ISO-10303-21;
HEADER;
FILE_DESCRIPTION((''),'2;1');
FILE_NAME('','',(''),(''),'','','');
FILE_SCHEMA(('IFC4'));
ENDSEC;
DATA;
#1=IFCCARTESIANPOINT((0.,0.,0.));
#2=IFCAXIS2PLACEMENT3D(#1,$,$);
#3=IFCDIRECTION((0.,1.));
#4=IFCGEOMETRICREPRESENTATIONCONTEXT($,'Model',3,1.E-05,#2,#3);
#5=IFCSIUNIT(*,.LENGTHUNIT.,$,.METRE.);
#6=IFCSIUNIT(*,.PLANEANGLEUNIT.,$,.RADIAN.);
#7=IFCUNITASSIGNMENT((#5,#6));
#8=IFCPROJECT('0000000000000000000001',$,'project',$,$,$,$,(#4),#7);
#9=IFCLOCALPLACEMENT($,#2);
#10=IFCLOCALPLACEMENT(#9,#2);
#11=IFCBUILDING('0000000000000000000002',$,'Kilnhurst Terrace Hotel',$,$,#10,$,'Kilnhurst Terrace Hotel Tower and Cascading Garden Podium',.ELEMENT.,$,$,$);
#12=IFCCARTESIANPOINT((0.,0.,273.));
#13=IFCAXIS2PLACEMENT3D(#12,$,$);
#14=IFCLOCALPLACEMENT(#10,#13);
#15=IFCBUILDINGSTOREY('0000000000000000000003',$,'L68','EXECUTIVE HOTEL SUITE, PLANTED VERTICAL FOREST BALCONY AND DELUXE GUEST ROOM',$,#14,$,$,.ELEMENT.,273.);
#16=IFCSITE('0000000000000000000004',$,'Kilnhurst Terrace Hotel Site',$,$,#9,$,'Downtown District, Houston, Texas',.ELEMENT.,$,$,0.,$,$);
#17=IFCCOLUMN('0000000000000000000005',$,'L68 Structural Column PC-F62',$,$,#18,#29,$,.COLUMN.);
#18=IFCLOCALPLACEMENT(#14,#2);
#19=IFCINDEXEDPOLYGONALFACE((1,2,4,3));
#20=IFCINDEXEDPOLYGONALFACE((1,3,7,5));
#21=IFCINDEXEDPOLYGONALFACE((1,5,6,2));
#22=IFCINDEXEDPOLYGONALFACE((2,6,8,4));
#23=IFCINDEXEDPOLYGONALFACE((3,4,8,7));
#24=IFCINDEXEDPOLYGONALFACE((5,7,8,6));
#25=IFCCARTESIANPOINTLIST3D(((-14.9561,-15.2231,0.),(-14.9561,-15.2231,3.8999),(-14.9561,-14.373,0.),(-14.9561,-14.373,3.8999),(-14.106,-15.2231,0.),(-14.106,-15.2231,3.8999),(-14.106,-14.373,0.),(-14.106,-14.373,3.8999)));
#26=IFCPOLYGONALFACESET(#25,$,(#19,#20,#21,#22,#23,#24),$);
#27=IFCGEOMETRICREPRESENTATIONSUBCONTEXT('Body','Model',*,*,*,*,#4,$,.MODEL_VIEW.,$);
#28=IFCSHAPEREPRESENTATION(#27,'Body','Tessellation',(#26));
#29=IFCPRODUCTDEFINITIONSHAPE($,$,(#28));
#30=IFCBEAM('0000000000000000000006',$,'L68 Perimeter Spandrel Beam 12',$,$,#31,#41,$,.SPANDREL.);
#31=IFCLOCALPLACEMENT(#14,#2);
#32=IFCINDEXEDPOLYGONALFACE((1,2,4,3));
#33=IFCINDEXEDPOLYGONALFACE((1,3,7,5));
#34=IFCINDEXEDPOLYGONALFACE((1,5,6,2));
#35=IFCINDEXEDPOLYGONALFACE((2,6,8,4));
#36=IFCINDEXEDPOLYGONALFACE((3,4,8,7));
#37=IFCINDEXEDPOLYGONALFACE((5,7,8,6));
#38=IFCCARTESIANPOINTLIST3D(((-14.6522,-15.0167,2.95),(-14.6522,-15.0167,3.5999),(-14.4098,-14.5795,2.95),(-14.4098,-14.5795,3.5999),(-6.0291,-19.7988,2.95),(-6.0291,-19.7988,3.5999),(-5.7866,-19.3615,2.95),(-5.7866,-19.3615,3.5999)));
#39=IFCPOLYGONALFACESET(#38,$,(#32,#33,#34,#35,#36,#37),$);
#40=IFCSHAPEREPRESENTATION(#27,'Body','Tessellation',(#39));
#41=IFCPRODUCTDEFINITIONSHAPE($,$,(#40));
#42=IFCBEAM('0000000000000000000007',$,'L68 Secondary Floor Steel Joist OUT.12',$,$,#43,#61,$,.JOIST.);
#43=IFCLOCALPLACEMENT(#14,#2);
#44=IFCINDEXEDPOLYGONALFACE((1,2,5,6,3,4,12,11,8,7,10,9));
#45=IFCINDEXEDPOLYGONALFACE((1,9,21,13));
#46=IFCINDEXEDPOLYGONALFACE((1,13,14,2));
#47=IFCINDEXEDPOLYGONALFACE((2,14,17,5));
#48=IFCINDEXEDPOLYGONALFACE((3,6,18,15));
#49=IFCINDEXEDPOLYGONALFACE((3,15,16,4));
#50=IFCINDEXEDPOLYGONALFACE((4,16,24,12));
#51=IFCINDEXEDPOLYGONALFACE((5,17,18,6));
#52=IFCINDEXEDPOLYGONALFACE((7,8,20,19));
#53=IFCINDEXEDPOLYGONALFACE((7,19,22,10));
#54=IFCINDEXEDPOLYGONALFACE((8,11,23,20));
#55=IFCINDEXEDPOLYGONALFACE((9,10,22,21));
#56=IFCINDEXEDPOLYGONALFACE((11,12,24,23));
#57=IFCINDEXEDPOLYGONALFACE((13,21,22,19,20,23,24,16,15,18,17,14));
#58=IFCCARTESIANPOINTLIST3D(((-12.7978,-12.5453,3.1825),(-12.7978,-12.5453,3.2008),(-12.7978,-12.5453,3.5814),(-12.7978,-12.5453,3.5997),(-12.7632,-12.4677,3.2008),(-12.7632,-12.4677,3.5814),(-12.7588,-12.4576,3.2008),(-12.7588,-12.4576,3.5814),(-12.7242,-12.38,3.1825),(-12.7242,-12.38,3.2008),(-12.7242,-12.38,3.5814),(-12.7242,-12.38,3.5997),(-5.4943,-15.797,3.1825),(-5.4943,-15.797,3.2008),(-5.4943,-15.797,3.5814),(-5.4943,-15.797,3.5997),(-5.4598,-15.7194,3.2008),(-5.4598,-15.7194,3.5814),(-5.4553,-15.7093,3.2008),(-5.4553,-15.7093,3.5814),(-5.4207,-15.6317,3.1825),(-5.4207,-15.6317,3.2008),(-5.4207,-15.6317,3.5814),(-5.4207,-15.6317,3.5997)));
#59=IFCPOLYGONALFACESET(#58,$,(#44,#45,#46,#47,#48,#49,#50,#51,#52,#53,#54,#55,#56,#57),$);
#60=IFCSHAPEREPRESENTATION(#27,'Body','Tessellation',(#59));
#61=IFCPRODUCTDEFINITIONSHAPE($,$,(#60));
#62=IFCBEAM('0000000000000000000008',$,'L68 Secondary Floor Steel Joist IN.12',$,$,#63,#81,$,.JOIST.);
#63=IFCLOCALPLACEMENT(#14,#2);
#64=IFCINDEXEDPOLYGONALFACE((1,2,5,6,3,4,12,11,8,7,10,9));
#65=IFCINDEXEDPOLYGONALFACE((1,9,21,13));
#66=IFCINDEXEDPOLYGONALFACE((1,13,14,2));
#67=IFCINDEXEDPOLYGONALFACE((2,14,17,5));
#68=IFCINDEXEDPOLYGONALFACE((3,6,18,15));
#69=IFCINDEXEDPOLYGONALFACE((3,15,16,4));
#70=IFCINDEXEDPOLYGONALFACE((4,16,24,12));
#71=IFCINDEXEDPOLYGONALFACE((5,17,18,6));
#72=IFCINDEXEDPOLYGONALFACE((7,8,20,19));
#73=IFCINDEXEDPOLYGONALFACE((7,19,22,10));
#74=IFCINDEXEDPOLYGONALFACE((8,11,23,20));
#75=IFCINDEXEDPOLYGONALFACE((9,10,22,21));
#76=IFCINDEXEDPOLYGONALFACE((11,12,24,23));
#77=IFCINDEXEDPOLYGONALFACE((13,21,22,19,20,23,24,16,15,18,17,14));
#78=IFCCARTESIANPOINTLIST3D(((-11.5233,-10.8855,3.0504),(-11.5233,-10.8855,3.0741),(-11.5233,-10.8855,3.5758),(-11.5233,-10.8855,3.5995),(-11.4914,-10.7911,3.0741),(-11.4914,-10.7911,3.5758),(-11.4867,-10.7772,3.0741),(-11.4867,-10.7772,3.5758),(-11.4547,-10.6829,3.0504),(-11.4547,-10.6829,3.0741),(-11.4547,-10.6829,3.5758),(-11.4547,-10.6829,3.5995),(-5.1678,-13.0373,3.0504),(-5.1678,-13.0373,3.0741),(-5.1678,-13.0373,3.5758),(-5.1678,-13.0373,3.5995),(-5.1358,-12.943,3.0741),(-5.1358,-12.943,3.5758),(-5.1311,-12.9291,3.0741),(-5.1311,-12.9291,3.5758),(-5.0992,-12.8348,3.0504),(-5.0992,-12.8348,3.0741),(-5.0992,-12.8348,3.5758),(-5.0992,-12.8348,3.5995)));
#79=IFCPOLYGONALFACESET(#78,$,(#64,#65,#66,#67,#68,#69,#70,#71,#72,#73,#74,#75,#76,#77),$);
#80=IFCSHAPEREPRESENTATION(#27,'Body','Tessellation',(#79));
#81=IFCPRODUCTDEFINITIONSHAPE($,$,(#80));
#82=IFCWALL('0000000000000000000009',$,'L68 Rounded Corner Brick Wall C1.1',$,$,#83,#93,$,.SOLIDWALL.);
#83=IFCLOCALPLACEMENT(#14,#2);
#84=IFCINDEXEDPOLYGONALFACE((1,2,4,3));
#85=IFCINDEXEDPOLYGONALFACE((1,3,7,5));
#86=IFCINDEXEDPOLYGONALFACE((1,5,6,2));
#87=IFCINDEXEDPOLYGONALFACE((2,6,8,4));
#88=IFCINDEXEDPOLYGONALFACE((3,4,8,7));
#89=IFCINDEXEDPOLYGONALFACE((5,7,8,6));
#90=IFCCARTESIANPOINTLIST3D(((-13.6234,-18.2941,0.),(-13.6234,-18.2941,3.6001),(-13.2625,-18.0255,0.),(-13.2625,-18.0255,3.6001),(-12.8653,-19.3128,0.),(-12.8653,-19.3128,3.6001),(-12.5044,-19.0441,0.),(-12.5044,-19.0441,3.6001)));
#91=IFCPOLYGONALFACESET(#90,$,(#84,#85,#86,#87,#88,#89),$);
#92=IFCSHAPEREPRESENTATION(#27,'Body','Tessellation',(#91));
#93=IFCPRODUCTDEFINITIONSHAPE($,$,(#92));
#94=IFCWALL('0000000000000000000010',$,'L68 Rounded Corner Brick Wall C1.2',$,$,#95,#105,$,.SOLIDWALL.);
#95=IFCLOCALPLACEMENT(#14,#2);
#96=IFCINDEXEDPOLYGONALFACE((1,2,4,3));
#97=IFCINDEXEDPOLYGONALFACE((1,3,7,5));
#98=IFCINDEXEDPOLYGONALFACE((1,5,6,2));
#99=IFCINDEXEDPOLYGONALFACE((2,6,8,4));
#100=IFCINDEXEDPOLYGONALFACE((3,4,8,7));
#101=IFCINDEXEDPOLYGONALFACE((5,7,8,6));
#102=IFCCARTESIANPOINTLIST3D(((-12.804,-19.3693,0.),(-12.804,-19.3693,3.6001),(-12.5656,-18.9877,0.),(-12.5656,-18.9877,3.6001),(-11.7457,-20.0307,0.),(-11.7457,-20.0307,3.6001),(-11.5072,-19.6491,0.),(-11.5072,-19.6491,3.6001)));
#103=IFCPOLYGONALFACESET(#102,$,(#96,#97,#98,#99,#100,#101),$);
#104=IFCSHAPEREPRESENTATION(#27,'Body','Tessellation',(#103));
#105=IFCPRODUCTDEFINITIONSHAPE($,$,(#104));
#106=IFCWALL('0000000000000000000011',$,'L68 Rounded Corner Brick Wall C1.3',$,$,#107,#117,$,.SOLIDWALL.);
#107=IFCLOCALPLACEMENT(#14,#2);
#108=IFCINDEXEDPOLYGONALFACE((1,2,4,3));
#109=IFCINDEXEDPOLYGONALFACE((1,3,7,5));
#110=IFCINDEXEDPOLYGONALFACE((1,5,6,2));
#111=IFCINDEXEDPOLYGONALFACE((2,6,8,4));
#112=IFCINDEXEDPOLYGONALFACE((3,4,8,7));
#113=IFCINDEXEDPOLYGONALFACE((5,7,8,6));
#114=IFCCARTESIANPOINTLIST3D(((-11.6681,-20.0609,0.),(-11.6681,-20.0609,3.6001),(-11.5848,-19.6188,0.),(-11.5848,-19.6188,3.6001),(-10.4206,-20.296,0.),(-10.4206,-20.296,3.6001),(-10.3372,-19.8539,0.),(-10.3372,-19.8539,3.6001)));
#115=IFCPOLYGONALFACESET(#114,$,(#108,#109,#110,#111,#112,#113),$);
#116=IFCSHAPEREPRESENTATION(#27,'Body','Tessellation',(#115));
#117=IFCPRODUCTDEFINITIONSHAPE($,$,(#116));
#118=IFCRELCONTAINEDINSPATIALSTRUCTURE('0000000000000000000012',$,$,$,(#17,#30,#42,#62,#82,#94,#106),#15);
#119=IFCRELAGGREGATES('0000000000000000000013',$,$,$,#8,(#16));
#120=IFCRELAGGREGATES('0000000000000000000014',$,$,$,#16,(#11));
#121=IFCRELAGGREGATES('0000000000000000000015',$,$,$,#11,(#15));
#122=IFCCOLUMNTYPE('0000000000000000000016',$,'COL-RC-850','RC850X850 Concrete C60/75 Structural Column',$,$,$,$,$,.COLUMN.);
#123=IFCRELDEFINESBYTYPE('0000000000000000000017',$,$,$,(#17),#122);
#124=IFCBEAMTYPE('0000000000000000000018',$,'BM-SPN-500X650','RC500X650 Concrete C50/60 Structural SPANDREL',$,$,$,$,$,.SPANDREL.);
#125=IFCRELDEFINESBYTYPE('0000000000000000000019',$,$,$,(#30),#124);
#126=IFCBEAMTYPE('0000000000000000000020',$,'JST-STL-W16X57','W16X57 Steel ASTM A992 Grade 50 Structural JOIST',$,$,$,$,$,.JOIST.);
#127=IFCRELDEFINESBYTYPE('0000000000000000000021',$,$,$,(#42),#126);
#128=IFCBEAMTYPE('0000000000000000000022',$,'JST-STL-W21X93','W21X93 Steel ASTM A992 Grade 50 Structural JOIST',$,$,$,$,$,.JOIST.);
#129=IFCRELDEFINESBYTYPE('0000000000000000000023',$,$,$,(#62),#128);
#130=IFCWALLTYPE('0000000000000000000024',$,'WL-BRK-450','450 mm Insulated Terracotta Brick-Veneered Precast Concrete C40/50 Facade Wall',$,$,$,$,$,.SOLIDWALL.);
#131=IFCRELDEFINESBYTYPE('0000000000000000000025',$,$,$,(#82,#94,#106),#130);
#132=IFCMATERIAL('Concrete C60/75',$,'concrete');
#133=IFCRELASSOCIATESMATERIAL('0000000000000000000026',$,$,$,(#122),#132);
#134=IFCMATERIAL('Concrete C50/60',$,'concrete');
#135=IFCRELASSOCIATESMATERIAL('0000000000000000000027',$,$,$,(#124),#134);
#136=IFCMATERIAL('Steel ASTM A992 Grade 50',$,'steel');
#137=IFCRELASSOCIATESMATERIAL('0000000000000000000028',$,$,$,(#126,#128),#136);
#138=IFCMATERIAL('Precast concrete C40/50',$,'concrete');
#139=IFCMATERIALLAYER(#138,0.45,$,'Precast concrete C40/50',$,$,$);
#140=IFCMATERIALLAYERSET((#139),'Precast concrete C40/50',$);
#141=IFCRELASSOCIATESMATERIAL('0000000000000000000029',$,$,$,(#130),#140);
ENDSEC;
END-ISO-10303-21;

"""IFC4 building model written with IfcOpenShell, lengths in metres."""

from ifc_helpers import new_model, si_unit, direction, frame, frame_2d, origin, origin_2d, place, context, subcontext, project, spatial, rectangle, i_section, extrude, material, layer, layer_set, material_profile, profile_set, type_object, element, save


model = new_model("IFC4")

# Units and contexts
model_context = context("Model", 3, precision=1e-05, world=origin(), true_north=direction((0.0, 1.0)))
body_context = subcontext(model_context, "Body", "Model", "MODEL_VIEW")
ifc_project = project(units=[si_unit("LENGTHUNIT", "METRE"), si_unit("PLANEANGLEUNIT", "RADIAN")], contexts=[model_context])

# Site, building, storey
site_placement = place(None, origin())
site = spatial("IfcSite", under=ifc_project, at=site_placement, Name="Kilnhurst Terrace Hotel Site", LongName="Downtown District, Houston, Texas", CompositionType="ELEMENT", RefElevation=0.0)
building_placement = place(site_placement, origin())
building = spatial("IfcBuilding", under=site, at=building_placement, Name="Kilnhurst Terrace Hotel", LongName="Kilnhurst Terrace Hotel Tower and Cascading Garden Podium", CompositionType="ELEMENT")
storey_placement = place(building_placement, frame((0.0, 0.0, 273.0)))
storey = spatial("IfcBuildingStorey", under=building, at=storey_placement, Name="L68", Description="EXECUTIVE HOTEL SUITE, PLANTED VERTICAL FOREST BALCONY AND DELUXE GUEST ROOM", CompositionType="ELEMENT", Elevation=273.0)

# Column
ifc_material_1 = material(Name="Concrete C60/75", Category="concrete")
ifc_material_profile_1 = material_profile(ifc_material_1, rectangle(XDim=0.8501, YDim=0.8501, at=origin_2d()), Name="RC850X850")
ifc_profile_set_1 = profile_set([ifc_material_profile_1], Name="Concrete C60/75")
column_type = type_object("IfcColumnType", Name="COL-RC-850", Description="RC850X850 Concrete C60/75 Structural Column", PredefinedType="COLUMN", material=ifc_profile_set_1)
column_placement = place(storey_placement, frame((-14.531, -14.7981, 0.0), z_axis=(0.0, 0.0, 1.0), x_axis=(1.0, 0.0, 0.0)))
element("IfcColumn", 1, at=column_placement, inside=storey, type_object=column_type, Name="L68 Structural Column PC-F62", PredefinedType="COLUMN", context=body_context, shape_type="SweptSolid", body=[
    extrude(rectangle(XDim=0.8501, YDim=0.8501, at=origin_2d()), origin(), (0.0, 0.0, 1.0), 3.8999),
])

# Beams
ifc_material_2 = material(Name="Concrete C50/60", Category="concrete")
ifc_material_profile_2 = material_profile(ifc_material_2, rectangle(XDim=0.5, YDim=0.6499, at=origin_2d()), Name="RC500X650")
ifc_profile_set_2 = profile_set([ifc_material_profile_2], Name="Concrete C50/60")
beam_type_1 = type_object("IfcBeamType", Name="BM-SPN-500X650", Description="RC500X650 Concrete C50/60 Structural SPANDREL", PredefinedType="SPANDREL", material=ifc_profile_set_2)
beam_1_placement = place(storey_placement, frame((-14.531, -14.7981, 3.2749), z_axis=(0.874527, -0.484976, 0.0), x_axis=(0.484976, 0.874527, 0.0)))
element("IfcBeam", 2, at=beam_1_placement, inside=storey, type_object=beam_type_1, Name="L68 Perimeter Spandrel Beam 12", PredefinedType="SPANDREL", context=body_context, shape_type="SweptSolid", body=[
    extrude(rectangle(XDim=0.5, YDim=0.6499, at=origin_2d()), origin(), (0.0, 0.0, 1.0), 9.8604),
])
ifc_material_3 = material(Name="Steel ASTM A992 Grade 50", Category="steel")
ifc_material_profile_3 = material_profile(ifc_material_3, i_section(OverallWidth=0.1809, OverallDepth=0.4172, WebThickness=0.011, FlangeThickness=0.0183, at=origin_2d()), Name="W16X57")
ifc_profile_set_3 = profile_set([ifc_material_profile_3], Name="Steel ASTM A992 Grade 50")
beam_type_2 = type_object("IfcBeamType", Name="JST-STL-W16X57", Description="W16X57 Steel ASTM A992 Grade 50 Structural JOIST", PredefinedType="JOIST", material=ifc_profile_set_3)
beam_2_placement = place(storey_placement, frame((-12.761, -12.4626, 3.3911), z_axis=(0.913546, -0.406736, 0.0), x_axis=(0.406736, 0.913546, 0.0)))
element("IfcBeam", 3, at=beam_2_placement, inside=storey, type_object=beam_type_2, Name="L68 Secondary Floor Steel Joist OUT.12", PredefinedType="JOIST", context=body_context, shape_type="SweptSolid", body=[
    extrude(i_section(OverallWidth=0.1809, OverallDepth=0.4172, WebThickness=0.011, FlangeThickness=0.0183, at=origin_2d()), origin(), (0.0, 0.0, 1.0), 7.9946),
])
ifc_material_profile_4 = material_profile(ifc_material_3, i_section(OverallWidth=0.2139, OverallDepth=0.5491, WebThickness=0.0146, FlangeThickness=0.0237, at=origin_2d()), Name="W21X93")
ifc_profile_set_4 = profile_set([ifc_material_profile_4], Name="Steel ASTM A992 Grade 50")
beam_type_3 = type_object("IfcBeamType", Name="JST-STL-W21X93", Description="W21X93 Steel ASTM A992 Grade 50 Structural JOIST", PredefinedType="JOIST", material=ifc_profile_set_4)
beam_3_placement = place(storey_placement, frame((-11.489, -10.7842, 3.325), z_axis=(0.947181, -0.3207, 0.0), x_axis=(0.3207, 0.947181, 0.0)))
element("IfcBeam", 4, at=beam_3_placement, inside=storey, type_object=beam_type_3, Name="L68 Secondary Floor Steel Joist IN.12", PredefinedType="JOIST", context=body_context, shape_type="SweptSolid", body=[
    extrude(i_section(OverallWidth=0.2139, OverallDepth=0.5491, WebThickness=0.0146, FlangeThickness=0.0237, at=origin_2d()), origin(), (0.0, 0.0, 1.0), 6.71),
])

# Walls
ifc_material_4 = material(Name="Precast concrete C40/50", Category="concrete")
ifc_layer_1 = layer(ifc_material_4, 0.45, Name="Precast concrete C40/50")
ifc_layer_set_1 = layer_set([ifc_layer_1], Name="Precast concrete C40/50")
wall_type_1 = type_object("IfcWallType", Name="WL-BRK-450", Description="450 mm Insulated Terracotta Brick-Veneered Precast Concrete C40/50 Facade Wall", PredefinedType="SOLIDWALL", material=ifc_layer_set_1)
wall_1_placement = place(storey_placement, frame((-13.4429, -18.1599, 0.0), z_axis=(0.0, 0.0, 1.0), x_axis=(0.597042, -0.80221, 0.0)))
element("IfcWall", 5, at=wall_1_placement, inside=storey, type_object=wall_type_1, Name="L68 Rounded Corner Brick Wall C1.1", PredefinedType="SOLIDWALL", context=body_context, shape_type="SweptSolid", body=[
    extrude(rectangle(XDim=1.2698, YDim=0.45, at=frame_2d((0.6348, 0.0))), origin(), (0.0, 0.0, 1.0), 3.6001),
])
wall_2_placement = place(storey_placement, frame((-12.6848, -19.1785, 0.0), z_axis=(0.0, 0.0, 1.0), x_axis=(0.848031, -0.529946, 0.0)))
element("IfcWall", 6, at=wall_2_placement, inside=storey, type_object=wall_type_1, Name="L68 Rounded Corner Brick Wall C1.2", PredefinedType="SOLIDWALL", context=body_context, shape_type="SweptSolid", body=[
    extrude(rectangle(XDim=1.248, YDim=0.45, at=frame_2d((0.624, 0.0))), origin(), (0.0, 0.0, 1.0), 3.6001),
])
wall_3_placement = place(storey_placement, frame((-11.6265, -19.8398, 0.0), z_axis=(0.0, 0.0, 1.0), x_axis=(0.982702, -0.185194, 0.0)))
element("IfcWall", 7, at=wall_3_placement, inside=storey, type_object=wall_type_1, Name="L68 Rounded Corner Brick Wall C1.3", PredefinedType="SOLIDWALL", context=body_context, shape_type="SweptSolid", body=[
    extrude(rectangle(XDim=1.2695, YDim=0.45, at=frame_2d((0.6348, 0.0))), origin(), (0.0, 0.0, 1.0), 3.6001),
])

save(model, "model.ifc")
